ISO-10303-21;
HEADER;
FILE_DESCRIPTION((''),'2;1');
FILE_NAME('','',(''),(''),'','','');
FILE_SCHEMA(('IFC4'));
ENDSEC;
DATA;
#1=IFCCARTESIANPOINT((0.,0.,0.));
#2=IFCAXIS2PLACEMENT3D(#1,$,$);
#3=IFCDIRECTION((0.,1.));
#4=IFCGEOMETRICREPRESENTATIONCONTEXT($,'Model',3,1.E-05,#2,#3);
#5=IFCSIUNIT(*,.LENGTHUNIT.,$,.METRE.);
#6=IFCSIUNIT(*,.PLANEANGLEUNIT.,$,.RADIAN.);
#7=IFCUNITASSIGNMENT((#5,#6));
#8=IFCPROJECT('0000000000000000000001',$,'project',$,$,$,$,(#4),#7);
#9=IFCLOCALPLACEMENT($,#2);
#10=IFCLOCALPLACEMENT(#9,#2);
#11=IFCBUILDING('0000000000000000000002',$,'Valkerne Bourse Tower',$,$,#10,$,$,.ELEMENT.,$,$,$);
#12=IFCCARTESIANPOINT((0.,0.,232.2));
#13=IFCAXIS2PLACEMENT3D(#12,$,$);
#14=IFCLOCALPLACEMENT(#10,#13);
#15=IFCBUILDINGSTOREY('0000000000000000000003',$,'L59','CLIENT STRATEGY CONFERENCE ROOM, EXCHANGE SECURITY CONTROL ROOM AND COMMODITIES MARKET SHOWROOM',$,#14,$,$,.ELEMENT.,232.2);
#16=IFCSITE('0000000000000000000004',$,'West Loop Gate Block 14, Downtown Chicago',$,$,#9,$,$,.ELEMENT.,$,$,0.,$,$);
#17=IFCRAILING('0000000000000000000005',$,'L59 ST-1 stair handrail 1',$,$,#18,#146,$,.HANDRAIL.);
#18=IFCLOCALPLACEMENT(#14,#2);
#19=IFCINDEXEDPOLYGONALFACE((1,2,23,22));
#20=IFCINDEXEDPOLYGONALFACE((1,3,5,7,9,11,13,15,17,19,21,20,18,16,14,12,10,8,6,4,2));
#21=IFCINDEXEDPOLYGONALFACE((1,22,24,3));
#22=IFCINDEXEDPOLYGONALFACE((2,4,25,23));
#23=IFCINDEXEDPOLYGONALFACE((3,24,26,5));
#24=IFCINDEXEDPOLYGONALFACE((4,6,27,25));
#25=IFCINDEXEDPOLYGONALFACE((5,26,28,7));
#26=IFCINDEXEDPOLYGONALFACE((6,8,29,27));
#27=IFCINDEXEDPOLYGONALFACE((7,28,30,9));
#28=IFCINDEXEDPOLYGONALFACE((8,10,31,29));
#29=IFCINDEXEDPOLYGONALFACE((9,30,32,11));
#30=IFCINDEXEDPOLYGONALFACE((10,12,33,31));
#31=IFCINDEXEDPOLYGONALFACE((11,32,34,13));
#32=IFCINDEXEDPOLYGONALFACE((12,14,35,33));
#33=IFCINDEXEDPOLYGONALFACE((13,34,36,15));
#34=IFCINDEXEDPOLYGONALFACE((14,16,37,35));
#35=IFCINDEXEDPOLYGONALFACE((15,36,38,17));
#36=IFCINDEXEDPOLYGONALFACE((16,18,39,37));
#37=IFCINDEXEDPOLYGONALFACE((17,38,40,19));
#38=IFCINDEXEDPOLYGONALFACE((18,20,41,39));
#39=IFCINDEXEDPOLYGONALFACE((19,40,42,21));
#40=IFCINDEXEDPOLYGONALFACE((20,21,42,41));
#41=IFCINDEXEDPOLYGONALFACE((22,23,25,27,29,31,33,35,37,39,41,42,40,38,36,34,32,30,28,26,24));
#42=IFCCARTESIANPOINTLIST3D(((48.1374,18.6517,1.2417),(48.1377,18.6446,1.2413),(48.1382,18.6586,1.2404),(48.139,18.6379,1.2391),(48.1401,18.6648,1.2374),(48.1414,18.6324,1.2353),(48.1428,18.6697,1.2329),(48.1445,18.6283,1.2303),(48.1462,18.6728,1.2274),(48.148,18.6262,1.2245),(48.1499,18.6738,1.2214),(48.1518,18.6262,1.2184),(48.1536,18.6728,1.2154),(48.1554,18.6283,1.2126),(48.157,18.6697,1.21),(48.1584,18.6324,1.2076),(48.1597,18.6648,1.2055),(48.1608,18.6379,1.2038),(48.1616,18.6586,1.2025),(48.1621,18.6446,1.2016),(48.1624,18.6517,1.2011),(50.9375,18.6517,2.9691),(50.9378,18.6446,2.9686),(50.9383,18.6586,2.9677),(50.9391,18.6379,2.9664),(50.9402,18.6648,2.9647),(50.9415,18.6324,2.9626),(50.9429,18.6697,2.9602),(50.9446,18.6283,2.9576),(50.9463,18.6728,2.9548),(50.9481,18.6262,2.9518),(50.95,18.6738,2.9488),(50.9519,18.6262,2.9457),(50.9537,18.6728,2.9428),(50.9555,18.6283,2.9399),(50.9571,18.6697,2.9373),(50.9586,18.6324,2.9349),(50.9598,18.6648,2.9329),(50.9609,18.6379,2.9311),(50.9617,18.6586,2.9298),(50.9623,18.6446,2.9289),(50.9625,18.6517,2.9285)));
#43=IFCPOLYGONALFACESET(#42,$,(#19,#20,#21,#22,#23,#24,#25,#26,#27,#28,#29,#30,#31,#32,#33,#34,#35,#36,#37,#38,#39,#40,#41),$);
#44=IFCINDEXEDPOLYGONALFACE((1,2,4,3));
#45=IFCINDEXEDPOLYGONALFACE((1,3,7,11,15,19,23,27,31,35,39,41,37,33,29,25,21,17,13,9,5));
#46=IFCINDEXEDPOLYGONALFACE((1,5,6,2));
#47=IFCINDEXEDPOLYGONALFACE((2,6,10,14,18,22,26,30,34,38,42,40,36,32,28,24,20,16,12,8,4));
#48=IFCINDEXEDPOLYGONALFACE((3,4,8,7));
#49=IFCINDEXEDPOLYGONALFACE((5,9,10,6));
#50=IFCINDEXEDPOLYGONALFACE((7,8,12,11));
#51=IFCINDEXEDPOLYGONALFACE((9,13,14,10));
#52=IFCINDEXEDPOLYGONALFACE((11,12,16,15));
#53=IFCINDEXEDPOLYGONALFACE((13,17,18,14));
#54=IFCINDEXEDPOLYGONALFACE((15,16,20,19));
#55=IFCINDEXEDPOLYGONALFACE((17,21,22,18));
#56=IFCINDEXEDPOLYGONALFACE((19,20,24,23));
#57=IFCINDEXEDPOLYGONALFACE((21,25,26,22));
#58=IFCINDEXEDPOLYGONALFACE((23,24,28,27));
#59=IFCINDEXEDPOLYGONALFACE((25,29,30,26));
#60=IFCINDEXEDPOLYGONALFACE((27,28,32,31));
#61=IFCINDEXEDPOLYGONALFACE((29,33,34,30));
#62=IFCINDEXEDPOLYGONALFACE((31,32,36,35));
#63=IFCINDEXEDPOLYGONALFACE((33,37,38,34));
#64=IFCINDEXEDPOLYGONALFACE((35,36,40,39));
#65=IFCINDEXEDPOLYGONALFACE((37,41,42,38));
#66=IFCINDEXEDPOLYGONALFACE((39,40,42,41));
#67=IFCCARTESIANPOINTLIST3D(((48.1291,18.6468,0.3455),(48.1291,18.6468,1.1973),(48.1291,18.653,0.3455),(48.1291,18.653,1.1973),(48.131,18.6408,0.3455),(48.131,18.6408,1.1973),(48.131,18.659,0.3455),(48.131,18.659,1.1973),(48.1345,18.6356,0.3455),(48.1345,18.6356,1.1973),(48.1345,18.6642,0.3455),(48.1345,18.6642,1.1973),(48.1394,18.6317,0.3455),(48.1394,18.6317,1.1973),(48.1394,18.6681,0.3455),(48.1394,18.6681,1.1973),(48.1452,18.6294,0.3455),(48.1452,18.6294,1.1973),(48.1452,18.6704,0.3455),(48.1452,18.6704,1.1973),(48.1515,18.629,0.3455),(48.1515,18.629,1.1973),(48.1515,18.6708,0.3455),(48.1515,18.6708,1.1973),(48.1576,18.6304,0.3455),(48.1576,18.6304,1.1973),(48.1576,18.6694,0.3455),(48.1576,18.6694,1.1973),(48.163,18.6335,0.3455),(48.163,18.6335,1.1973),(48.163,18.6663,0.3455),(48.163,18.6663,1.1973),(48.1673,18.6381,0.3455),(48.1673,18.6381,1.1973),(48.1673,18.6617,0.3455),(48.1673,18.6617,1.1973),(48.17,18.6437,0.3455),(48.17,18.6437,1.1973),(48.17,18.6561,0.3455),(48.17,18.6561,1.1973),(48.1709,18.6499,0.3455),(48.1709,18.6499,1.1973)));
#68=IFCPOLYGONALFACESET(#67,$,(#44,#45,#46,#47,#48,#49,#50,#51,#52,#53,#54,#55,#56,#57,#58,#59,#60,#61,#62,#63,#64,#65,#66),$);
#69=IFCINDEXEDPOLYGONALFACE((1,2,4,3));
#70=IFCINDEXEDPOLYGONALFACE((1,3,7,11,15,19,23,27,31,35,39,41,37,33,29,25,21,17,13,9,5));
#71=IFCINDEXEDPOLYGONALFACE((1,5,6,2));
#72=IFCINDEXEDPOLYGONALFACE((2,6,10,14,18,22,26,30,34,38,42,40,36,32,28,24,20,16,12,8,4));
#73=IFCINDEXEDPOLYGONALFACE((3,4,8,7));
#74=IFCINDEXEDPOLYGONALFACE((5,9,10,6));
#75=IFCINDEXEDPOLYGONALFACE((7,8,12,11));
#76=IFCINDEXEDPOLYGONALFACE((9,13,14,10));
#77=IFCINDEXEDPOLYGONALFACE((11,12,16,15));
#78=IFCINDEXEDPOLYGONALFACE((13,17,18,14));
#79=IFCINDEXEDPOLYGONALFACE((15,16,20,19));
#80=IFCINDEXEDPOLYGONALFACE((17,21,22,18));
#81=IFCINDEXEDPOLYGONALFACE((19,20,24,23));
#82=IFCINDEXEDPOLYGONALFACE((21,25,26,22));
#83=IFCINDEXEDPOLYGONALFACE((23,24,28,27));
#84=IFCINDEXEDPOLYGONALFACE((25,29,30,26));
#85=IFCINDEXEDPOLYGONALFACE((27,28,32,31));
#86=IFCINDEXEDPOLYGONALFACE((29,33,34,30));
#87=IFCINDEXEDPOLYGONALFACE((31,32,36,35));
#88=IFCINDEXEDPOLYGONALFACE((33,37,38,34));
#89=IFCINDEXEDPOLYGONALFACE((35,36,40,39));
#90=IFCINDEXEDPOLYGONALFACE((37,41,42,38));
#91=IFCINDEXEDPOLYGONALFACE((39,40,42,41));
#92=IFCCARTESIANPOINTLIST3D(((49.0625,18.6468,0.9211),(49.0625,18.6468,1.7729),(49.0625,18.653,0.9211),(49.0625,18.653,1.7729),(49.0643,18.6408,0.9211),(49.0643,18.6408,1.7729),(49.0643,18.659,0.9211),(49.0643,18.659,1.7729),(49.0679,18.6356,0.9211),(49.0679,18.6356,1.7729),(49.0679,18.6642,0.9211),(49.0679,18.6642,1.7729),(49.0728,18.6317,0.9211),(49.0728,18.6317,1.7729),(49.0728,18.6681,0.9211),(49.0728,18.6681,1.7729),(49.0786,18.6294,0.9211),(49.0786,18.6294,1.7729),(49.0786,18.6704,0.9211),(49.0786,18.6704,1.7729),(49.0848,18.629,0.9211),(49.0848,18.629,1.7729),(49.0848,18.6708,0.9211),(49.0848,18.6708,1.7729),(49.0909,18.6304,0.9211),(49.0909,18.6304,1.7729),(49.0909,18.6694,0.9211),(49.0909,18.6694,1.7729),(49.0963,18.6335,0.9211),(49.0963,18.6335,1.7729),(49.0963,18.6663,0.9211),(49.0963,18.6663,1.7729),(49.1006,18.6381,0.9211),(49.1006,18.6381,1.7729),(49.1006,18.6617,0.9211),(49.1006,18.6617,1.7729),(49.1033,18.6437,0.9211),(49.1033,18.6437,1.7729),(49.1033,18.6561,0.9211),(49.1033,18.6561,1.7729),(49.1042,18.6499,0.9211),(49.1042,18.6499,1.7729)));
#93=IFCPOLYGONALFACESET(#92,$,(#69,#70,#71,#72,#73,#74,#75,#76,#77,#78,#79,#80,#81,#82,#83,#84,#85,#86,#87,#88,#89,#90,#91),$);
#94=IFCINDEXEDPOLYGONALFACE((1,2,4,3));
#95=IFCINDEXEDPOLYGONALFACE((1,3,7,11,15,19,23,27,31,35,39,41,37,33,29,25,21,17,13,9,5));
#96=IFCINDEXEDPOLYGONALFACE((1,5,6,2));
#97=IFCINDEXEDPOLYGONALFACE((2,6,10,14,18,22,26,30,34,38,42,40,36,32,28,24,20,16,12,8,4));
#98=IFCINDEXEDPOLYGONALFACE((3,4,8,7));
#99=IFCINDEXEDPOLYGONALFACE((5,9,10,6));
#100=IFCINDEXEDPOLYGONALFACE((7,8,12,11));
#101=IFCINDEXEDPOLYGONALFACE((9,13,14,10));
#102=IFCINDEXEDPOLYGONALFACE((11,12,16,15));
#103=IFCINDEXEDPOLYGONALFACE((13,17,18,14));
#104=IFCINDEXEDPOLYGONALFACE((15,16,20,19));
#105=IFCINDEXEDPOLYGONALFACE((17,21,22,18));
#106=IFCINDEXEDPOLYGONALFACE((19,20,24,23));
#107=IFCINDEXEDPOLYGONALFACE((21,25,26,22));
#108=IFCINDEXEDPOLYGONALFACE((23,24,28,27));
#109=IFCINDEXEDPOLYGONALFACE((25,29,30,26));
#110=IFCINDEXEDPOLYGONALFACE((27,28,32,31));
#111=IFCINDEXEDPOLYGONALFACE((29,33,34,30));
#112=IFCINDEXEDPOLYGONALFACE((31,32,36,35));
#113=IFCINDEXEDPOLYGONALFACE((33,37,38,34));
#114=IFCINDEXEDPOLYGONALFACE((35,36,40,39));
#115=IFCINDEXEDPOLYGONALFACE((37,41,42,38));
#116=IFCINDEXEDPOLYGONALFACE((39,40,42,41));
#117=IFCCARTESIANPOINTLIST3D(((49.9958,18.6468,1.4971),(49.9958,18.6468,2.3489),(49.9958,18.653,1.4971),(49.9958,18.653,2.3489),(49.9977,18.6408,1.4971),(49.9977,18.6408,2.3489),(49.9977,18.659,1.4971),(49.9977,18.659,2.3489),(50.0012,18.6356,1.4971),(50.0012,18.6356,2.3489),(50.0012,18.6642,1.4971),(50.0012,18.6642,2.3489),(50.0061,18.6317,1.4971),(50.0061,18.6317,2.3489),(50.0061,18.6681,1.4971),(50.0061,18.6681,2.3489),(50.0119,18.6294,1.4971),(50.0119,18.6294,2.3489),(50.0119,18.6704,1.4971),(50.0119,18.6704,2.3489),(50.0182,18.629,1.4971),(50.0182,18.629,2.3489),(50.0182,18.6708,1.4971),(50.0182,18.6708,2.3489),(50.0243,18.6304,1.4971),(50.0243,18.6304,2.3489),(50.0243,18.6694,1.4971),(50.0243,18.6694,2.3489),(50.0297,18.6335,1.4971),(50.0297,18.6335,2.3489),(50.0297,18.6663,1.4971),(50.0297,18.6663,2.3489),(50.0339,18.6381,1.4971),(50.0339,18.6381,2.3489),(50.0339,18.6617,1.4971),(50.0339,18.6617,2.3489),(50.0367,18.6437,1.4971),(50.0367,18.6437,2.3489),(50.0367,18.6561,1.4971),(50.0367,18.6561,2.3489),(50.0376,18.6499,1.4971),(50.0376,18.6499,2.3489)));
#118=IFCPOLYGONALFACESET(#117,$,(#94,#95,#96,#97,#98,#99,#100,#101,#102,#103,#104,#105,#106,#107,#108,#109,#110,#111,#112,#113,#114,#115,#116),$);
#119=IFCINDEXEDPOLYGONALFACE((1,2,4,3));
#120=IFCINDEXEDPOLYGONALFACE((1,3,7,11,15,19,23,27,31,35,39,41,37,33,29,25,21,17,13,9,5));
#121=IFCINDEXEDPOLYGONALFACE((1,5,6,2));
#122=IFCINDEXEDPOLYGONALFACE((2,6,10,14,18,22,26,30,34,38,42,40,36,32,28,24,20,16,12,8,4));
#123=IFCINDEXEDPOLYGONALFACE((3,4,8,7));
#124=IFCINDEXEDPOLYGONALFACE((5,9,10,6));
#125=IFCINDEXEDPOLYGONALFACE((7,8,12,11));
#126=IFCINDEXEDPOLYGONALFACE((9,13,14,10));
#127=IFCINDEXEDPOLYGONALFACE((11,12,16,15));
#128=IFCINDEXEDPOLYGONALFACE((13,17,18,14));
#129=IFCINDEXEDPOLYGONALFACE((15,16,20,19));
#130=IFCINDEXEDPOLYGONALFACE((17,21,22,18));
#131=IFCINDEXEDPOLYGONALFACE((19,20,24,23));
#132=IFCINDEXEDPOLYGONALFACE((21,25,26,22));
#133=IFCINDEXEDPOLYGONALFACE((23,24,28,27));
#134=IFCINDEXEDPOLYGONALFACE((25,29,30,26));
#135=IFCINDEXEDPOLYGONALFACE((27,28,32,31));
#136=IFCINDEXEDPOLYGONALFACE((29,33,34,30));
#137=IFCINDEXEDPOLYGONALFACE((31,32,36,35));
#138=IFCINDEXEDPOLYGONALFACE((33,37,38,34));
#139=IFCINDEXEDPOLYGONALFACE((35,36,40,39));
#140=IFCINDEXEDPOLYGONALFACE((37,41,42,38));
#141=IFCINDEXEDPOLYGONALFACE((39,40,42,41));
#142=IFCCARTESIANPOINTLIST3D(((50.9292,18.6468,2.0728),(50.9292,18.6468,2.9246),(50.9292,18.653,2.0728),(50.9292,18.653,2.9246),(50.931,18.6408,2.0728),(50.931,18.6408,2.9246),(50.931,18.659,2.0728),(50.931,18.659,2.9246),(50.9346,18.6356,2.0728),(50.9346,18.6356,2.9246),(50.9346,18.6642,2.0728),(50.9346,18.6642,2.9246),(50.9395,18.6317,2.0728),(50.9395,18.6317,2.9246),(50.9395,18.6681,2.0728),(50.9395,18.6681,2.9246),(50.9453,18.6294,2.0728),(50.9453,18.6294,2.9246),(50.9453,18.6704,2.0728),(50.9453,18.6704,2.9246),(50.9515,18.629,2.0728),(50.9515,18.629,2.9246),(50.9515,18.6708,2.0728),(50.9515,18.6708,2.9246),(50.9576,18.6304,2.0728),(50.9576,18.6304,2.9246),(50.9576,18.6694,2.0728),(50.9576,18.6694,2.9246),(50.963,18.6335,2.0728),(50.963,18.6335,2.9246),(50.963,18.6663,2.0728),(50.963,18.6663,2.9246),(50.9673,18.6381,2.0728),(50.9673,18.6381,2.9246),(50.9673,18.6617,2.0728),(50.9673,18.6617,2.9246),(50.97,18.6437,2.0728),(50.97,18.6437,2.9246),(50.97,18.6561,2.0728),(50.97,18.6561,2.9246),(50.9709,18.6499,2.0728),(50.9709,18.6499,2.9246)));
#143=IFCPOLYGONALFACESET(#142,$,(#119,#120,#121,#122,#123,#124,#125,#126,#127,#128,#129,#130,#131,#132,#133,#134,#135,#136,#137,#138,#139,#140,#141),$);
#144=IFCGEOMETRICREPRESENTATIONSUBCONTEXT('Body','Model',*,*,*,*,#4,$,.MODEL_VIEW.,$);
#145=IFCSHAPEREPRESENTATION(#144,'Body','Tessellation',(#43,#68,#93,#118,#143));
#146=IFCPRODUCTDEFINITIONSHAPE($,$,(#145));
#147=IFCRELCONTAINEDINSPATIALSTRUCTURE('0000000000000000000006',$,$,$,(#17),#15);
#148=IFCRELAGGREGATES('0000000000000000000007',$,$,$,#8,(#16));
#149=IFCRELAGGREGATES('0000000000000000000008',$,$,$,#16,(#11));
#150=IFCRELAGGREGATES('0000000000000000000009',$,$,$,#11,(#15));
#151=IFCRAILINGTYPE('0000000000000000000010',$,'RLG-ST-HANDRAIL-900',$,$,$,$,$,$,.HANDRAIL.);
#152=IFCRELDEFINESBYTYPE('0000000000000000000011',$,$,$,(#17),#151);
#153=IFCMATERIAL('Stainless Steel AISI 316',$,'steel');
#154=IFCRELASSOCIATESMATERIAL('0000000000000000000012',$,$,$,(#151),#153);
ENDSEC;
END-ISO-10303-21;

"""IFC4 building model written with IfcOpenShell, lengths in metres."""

from ifc_helpers import new_model, si_unit, direction, frame, origin, origin_2d, place, context, subcontext, project, spatial, circle, extrude, material, type_object, element, save


model = new_model("IFC4")

# Units and contexts
model_context = context("Model", 3, precision=1e-05, world=origin(), true_north=direction((0.0, 1.0)))
body_context = subcontext(model_context, "Body", "Model", "MODEL_VIEW")
ifc_project = project(units=[si_unit("LENGTHUNIT", "METRE"), si_unit("PLANEANGLEUNIT", "RADIAN")], contexts=[model_context])

# Site, building, storey
site_placement = place(None, origin())
site = spatial("IfcSite", under=ifc_project, at=site_placement, Name="West Loop Gate Block 14, Downtown Chicago", CompositionType="ELEMENT", RefElevation=0.0)
building_placement = place(site_placement, origin())
building = spatial("IfcBuilding", under=site, at=building_placement, Name="Valkerne Bourse Tower", CompositionType="ELEMENT")
storey_placement = place(building_placement, frame((0.0, 0.0, 232.2)))
storey = spatial("IfcBuildingStorey", under=building, at=storey_placement, Name="L59", Description="CLIENT STRATEGY CONFERENCE ROOM, EXCHANGE SECURITY CONTROL ROOM AND COMMODITIES MARKET SHOWROOM", CompositionType="ELEMENT", Elevation=232.2)

# Shared definitions
ifc_material_1 = material(Name="Stainless Steel AISI 316", Category="steel")

# Railing
railing_type_1 = type_object("IfcRailingType", Name="RLG-ST-HANDRAIL-900", PredefinedType="HANDRAIL", material=ifc_material_1)
railing_1_placement = place(storey_placement, frame((48.1499, 18.6499, 0.3455)))
element("IfcRailing", 1, at=railing_1_placement, inside=storey, type_object=railing_type_1, Name="L59 ST-1 stair handrail 1", PredefinedType="HANDRAIL", context=body_context, shape_type="SweptSolid", body=[
    extrude(circle(Radius=0.0239, at=origin_2d()), frame((0.0, 0.0, 0.876), z_axis=(0.85109, 0.0, 0.52502), x_axis=(0.0, 1.0, 0.0)), (0.0, 0.0, 1.0), 3.29),
    extrude(circle(Radius=0.021, at=origin_2d()), origin(), (0.0, 0.0, 1.0), 0.8518),
    extrude(circle(Radius=0.021, at=origin_2d()), frame((0.9333, 0.0, 0.5757)), (0.0, 0.0, 1.0), 0.8518),
    extrude(circle(Radius=0.021, at=origin_2d()), frame((1.8667, 0.0, 1.1516)), (0.0, 0.0, 1.0), 0.8518),
    extrude(circle(Radius=0.021, at=origin_2d()), frame((2.8, 0.0, 1.7273)), (0.0, 0.0, 1.0), 0.8518),
])

save(model, "model.ifc")
